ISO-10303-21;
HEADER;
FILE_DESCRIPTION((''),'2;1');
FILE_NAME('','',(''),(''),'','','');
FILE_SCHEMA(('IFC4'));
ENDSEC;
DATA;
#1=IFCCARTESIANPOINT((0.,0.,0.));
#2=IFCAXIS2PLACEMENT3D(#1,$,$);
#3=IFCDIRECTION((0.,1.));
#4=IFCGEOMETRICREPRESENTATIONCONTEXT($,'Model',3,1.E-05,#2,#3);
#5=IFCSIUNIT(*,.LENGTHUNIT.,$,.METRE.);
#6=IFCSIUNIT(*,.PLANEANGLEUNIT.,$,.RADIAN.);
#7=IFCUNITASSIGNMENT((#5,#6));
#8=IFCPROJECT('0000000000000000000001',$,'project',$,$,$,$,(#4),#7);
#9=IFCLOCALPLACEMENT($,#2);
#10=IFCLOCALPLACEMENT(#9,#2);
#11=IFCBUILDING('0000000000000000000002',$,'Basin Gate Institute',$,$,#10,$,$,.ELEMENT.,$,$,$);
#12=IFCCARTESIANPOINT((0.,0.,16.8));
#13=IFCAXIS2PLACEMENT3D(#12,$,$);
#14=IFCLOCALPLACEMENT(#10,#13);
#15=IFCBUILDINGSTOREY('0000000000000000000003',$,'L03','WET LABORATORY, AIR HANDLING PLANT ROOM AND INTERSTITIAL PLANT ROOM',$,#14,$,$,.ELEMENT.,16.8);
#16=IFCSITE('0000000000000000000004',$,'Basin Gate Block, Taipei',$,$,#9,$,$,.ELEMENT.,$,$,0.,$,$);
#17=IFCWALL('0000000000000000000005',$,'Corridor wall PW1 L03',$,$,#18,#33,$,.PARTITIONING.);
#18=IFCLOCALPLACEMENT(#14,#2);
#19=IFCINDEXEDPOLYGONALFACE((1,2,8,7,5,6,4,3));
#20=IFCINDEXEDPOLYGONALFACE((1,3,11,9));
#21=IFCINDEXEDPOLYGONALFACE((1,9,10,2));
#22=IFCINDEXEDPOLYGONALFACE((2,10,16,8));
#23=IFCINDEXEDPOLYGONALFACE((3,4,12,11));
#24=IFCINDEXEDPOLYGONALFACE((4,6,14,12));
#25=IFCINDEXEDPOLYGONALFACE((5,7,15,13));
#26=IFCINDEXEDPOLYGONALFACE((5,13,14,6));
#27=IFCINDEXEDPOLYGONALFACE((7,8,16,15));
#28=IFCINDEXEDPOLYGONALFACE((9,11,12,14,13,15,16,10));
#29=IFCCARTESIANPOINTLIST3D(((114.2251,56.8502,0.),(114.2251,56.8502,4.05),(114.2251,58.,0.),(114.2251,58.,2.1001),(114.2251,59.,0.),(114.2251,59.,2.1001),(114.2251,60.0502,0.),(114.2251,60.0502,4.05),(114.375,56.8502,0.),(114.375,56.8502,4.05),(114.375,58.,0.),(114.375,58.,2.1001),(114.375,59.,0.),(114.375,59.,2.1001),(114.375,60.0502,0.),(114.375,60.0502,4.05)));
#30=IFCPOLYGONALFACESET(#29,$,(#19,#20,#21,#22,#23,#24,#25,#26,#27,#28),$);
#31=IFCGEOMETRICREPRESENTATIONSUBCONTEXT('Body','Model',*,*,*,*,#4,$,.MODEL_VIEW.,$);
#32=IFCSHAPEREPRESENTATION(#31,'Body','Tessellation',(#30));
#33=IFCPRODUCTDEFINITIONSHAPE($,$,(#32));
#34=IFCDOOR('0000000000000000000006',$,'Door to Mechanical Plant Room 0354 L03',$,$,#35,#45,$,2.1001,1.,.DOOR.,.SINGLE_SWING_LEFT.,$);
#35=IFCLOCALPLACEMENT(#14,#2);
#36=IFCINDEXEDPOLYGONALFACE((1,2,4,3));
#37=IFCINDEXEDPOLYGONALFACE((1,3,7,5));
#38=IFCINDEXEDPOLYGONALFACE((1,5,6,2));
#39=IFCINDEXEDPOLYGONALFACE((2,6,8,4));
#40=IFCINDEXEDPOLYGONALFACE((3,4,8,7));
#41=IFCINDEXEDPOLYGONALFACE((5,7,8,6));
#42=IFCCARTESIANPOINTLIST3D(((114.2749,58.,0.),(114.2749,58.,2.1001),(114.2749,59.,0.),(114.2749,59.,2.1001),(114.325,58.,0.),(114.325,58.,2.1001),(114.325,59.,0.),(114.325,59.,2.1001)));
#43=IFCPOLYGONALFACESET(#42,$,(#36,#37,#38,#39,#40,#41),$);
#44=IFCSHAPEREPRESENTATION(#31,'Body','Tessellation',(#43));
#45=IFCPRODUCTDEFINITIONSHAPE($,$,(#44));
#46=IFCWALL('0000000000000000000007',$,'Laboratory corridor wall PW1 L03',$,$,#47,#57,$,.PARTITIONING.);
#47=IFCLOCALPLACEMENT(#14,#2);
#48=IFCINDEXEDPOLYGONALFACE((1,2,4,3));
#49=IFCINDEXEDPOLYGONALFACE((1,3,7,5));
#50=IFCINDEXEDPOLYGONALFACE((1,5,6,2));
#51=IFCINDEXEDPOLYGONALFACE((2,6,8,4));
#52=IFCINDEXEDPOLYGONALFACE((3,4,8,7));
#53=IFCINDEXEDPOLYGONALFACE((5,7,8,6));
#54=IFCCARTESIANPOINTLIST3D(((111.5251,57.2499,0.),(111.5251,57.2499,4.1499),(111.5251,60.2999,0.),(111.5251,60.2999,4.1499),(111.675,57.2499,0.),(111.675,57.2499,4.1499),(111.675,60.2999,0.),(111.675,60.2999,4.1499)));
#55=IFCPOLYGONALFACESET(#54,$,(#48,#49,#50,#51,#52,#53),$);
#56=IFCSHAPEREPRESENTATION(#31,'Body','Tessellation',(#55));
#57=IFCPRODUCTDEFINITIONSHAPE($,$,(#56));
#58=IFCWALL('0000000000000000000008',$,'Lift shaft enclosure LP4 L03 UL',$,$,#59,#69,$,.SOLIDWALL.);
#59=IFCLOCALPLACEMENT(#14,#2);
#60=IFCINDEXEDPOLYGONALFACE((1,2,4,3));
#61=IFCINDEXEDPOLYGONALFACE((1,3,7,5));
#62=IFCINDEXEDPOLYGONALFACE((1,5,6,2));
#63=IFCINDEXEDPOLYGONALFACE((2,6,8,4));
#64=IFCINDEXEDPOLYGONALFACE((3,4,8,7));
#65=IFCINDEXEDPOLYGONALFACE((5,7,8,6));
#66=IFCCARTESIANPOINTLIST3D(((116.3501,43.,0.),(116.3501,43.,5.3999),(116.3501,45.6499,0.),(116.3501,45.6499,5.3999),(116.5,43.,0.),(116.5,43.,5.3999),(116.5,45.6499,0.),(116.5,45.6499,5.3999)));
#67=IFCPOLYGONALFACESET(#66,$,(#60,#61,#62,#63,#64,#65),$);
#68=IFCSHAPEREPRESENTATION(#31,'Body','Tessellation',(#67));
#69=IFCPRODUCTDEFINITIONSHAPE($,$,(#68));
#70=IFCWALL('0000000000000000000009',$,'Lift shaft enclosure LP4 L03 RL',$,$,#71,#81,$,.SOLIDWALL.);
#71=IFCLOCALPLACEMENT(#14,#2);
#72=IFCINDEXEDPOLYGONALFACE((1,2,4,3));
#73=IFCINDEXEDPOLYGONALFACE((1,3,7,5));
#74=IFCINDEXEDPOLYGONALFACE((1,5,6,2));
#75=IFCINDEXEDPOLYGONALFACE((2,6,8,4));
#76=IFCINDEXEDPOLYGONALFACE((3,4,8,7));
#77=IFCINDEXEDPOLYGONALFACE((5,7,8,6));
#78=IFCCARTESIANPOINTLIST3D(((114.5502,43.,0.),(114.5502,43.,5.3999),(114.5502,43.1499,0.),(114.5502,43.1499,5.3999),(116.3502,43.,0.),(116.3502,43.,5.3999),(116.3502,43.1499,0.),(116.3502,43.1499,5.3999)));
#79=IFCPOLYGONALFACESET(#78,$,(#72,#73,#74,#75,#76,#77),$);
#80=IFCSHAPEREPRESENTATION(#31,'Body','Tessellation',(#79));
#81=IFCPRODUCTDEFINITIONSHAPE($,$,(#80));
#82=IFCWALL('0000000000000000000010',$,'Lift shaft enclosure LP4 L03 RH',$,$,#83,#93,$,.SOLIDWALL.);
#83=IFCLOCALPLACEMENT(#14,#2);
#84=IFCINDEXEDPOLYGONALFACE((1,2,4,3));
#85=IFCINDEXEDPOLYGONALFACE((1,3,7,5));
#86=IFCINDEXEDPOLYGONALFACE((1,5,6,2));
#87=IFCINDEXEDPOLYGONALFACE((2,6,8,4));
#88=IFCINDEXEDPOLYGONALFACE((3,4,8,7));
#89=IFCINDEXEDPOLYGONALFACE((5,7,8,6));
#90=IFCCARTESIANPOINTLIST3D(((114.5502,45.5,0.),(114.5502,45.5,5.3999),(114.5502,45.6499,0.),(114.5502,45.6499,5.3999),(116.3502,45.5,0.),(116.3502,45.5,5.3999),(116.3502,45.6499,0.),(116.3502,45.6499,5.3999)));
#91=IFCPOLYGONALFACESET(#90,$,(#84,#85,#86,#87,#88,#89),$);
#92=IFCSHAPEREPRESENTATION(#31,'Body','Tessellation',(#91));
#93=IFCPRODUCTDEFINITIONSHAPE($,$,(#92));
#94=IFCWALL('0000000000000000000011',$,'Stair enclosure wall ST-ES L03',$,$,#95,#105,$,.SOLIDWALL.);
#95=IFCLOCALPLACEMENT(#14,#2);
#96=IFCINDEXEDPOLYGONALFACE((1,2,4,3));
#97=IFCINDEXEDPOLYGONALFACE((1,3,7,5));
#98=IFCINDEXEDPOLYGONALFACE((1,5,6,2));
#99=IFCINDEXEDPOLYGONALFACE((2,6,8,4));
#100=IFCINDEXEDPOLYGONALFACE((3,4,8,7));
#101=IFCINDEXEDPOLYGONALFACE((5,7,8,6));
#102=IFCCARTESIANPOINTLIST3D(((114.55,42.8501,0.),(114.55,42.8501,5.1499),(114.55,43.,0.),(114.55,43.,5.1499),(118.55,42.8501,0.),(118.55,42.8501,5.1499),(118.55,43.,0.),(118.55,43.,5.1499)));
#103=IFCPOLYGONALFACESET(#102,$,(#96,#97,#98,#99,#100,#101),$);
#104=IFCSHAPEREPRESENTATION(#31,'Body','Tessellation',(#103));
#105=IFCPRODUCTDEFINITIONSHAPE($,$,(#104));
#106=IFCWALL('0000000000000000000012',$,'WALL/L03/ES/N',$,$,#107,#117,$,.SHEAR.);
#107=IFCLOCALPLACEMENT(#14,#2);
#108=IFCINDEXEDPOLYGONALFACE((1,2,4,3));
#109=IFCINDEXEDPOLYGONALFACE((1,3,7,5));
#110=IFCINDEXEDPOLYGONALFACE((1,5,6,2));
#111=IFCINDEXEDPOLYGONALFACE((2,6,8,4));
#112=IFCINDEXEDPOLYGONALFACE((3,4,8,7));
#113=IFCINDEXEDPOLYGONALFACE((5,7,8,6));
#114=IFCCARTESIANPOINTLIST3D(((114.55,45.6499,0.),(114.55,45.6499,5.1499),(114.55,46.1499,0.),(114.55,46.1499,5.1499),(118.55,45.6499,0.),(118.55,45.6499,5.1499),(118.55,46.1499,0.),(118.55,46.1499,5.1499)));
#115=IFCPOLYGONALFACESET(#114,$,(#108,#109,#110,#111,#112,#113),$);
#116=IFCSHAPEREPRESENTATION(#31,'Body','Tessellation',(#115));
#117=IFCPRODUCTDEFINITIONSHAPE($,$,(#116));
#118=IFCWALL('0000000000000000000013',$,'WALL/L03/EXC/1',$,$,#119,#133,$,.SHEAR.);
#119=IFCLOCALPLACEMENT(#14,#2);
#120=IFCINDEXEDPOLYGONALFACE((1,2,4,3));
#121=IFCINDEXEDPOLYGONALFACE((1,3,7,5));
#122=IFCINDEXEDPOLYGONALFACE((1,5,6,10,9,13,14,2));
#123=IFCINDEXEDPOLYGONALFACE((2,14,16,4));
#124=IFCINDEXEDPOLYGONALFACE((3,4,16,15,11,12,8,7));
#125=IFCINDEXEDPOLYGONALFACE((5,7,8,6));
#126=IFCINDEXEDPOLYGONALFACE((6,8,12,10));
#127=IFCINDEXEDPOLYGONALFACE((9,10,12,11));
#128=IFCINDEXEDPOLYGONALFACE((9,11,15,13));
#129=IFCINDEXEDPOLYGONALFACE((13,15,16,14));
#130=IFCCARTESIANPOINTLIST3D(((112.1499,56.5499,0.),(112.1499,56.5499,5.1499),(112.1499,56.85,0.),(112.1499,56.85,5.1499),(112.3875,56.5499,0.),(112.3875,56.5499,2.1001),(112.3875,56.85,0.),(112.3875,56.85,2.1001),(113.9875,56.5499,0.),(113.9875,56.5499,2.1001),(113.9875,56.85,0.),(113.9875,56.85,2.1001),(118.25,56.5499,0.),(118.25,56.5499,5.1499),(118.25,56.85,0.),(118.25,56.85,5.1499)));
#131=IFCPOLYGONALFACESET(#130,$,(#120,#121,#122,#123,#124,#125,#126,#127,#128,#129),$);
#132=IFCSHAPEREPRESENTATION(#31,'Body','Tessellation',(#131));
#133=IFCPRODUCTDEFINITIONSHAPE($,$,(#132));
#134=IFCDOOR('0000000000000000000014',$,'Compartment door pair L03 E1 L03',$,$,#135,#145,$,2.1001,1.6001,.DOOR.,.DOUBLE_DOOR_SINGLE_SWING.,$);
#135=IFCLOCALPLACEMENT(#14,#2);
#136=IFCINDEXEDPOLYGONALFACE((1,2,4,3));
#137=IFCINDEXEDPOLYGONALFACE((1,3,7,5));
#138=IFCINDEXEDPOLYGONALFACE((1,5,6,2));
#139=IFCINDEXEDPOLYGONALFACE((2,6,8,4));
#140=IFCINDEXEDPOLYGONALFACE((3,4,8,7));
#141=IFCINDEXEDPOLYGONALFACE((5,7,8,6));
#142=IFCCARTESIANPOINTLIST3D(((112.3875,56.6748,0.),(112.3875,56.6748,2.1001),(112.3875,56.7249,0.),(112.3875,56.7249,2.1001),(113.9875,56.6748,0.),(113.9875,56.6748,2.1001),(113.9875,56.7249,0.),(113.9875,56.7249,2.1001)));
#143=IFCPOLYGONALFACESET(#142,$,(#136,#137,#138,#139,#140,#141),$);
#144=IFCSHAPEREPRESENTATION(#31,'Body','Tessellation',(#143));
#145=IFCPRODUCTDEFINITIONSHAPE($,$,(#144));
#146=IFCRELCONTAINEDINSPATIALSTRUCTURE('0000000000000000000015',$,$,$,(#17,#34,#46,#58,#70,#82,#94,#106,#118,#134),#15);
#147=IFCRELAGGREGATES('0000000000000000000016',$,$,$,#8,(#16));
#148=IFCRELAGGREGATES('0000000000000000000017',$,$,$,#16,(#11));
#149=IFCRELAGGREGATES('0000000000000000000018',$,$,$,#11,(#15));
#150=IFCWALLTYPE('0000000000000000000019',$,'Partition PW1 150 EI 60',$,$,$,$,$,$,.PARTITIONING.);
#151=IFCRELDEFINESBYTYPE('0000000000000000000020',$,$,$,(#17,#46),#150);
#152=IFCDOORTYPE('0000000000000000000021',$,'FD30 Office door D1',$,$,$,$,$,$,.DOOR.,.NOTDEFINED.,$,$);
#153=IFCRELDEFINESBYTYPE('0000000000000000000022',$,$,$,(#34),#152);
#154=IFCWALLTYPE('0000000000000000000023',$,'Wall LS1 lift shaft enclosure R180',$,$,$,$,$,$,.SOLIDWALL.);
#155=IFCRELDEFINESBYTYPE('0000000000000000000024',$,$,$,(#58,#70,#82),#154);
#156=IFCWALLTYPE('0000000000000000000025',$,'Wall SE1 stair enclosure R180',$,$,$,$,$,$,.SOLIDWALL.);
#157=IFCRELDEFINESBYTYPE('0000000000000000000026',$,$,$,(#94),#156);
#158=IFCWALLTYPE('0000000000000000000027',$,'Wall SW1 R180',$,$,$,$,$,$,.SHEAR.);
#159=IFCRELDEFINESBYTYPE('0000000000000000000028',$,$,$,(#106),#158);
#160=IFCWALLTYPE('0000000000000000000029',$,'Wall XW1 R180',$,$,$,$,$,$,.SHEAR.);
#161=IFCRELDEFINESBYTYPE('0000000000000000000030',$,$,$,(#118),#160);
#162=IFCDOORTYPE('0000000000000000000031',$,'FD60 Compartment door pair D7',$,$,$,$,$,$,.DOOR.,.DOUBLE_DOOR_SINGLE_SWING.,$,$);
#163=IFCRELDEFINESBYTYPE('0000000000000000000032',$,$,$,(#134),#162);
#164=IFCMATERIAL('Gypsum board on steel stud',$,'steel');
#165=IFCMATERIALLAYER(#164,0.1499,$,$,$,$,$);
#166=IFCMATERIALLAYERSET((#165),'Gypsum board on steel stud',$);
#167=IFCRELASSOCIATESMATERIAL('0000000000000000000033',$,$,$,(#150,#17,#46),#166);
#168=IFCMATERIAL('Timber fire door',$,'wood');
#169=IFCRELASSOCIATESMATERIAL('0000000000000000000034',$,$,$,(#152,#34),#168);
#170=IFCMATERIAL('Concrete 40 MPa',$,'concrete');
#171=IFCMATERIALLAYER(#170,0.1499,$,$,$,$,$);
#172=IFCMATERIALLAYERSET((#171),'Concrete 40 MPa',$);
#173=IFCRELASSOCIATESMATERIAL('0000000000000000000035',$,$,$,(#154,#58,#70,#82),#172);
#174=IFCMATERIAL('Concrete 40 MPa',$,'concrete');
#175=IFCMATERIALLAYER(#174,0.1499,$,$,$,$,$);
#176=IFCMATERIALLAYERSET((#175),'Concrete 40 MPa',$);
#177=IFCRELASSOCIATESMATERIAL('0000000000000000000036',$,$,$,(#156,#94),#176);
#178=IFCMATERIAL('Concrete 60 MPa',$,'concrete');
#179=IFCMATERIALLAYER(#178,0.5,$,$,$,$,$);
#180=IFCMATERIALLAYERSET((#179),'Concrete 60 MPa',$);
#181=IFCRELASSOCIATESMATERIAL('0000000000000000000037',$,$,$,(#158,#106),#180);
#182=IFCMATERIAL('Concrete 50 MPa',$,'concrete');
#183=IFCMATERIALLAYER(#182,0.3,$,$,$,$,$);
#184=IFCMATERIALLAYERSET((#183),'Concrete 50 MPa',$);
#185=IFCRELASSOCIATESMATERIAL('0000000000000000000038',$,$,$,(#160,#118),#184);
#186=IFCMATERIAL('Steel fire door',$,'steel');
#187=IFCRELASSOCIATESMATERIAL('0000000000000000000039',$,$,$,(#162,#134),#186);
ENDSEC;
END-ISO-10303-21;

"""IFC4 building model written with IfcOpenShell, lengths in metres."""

from ifc_helpers import new_model, si_unit, direction, frame, frame_2d, origin, place, context, subcontext, project, spatial, rectangle, extrude, material, layer, layer_set, type_object, element, fill, save


model = new_model("IFC4")

# Units and contexts
model_context = context("Model", 3, precision=1e-05, world=origin(), true_north=direction((0.0, 1.0)))
body_context = subcontext(model_context, "Body", "Model", "MODEL_VIEW")
ifc_project = project(units=[si_unit("LENGTHUNIT", "METRE"), si_unit("PLANEANGLEUNIT", "RADIAN")], contexts=[model_context])

# Site, building, storey
site_placement = place(None, origin())
site = spatial("IfcSite", under=ifc_project, at=site_placement, Name="Basin Gate Block, Taipei", CompositionType="ELEMENT", RefElevation=0.0)
building_placement = place(site_placement, origin())
building = spatial("IfcBuilding", under=site, at=building_placement, Name="Basin Gate Institute", CompositionType="ELEMENT")
storey_placement = place(building_placement, frame((0.0, 0.0, 16.8)))
storey = spatial("IfcBuildingStorey", under=building, at=storey_placement, Name="L03", Description="WET LABORATORY, AIR HANDLING PLANT ROOM AND INTERSTITIAL PLANT ROOM", CompositionType="ELEMENT", Elevation=16.8)

# Shared definitions
ifc_material_1 = material(Name="Gypsum board on steel stud", Category="steel")
ifc_layer_1 = layer(ifc_material_1, 0.1499)
ifc_layer_set_1 = layer_set([ifc_layer_1], Name="Gypsum board on steel stud")
wall_type_1 = type_object("IfcWallType", Name="Partition PW1 150 EI 60", PredefinedType="PARTITIONING", material=ifc_layer_set_1)
ifc_material_2 = material(Name="Timber fire door", Category="wood")
door_type_1 = type_object("IfcDoorType", Name="FD30 Office door D1", OperationType="NOTDEFINED", PredefinedType="DOOR", material=ifc_material_2)

# Wall, opening, door
wall_1_placement = place(storey_placement, frame((114.3, 56.8501, 0.0), z_axis=(0.0, 0.0, 1.0), x_axis=(0.0, 1.0, 0.0)))
wall_1 = element("IfcWall", 1, at=wall_1_placement, inside=storey, type_object=wall_type_1, material=ifc_layer_set_1, Name="Corridor wall PW1 L03", PredefinedType="PARTITIONING", context=body_context, shape_type="SweptSolid", body=[
    extrude(rectangle(XDim=3.2, YDim=0.1499, at=frame_2d((1.6001, 0.0))), origin(), (0.0, 0.0, 1.0), 4.05),
])
opening_1_placement = place(wall_1_placement, frame((1.1499, 0.0, 0.0)))
opening_1 = element("IfcOpeningElement", 2, at=opening_1_placement, cuts=wall_1, PredefinedType="OPENING", context=body_context, shape_type="SweptSolid", body=[
    extrude(rectangle(XDim=1.0, YDim=2.1001, at=frame_2d((0.5, 1.05))), frame((0.0, 0.085, 0.0), z_axis=(0.0, -1.0, 0.0), x_axis=(1.0, 0.0, 0.0)), (0.0, 0.0, 1.0), 0.1699),
])
door_1_placement = place(opening_1_placement, frame((1.0, 0.0, 0.0), z_axis=(0.0, 0.0, 1.0), x_axis=(-1.0, 0.0, 0.0)))
door_1 = element("IfcDoor", 3, at=door_1_placement, inside=storey, type_object=door_type_1, material=ifc_material_2, Name="Door to Mechanical Plant Room 0354 L03", OperationType="SINGLE_SWING_LEFT", OverallHeight=2.1001, OverallWidth=1.0, PredefinedType="DOOR", context=body_context, shape_type="SweptSolid", body=[
    extrude(rectangle(XDim=1.0, YDim=2.1001, at=frame_2d((0.5, 1.05))), frame((0.0, 0.0249, 0.0), z_axis=(0.0, -1.0, 0.0), x_axis=(1.0, 0.0, 0.0)), (0.0, 0.0, 1.0), 0.05),
])
fill(opening_1, door_1)

# Walls
wall_2_placement = place(storey_placement, frame((111.6001, 57.25, 0.0), z_axis=(0.0, 0.0, 1.0), x_axis=(0.0, 1.0, 0.0)))
element("IfcWall", 4, at=wall_2_placement, inside=storey, type_object=wall_type_1, material=ifc_layer_set_1, Name="Laboratory corridor wall PW1 L03", PredefinedType="PARTITIONING", context=body_context, shape_type="SweptSolid", body=[
    extrude(rectangle(XDim=3.05, YDim=0.1499, at=frame_2d((1.5249, 0.0))), origin(), (0.0, 0.0, 1.0), 4.1499),
])
ifc_material_3 = material(Name="Concrete 40 MPa", Category="concrete")
ifc_layer_2 = layer(ifc_material_3, 0.1499)
ifc_layer_set_2 = layer_set([ifc_layer_2], Name="Concrete 40 MPa")
wall_type_2 = type_object("IfcWallType", Name="Wall LS1 lift shaft enclosure R180", PredefinedType="SOLIDWALL", material=ifc_layer_set_2)
wall_3_placement = place(storey_placement, frame((116.425, 43.0, 0.0), z_axis=(0.0, 0.0, 1.0), x_axis=(0.0, 1.0, 0.0)))
element("IfcWall", 5, at=wall_3_placement, inside=storey, type_object=wall_type_2, material=ifc_layer_set_2, Name="Lift shaft enclosure LP4 L03 UL", PredefinedType="SOLIDWALL", context=body_context, shape_type="SweptSolid", body=[
    extrude(rectangle(XDim=2.6499, YDim=0.1499, at=frame_2d((1.325, 0.0))), origin(), (0.0, 0.0, 1.0), 5.3999),
])
for number, where, z_axis, x_axis, name in (
    (6, (116.3501, 43.075, 0.0), (0.0, 0.0, 1.0), (-1.0, 0.0, 0.0), "Lift shaft enclosure LP4 L03 RL"),
    (7, (116.3501, 45.575, 0.0), (0.0, 0.0, 1.0), (-1.0, 0.0, 0.0), "Lift shaft enclosure LP4 L03 RH"),
):
    element("IfcWall", number, at=place(storey_placement, frame(where, z_axis=z_axis, x_axis=x_axis)), inside=storey, type_object=wall_type_2, material=ifc_layer_set_2, Name=name, PredefinedType="SOLIDWALL", context=body_context, shape_type="SweptSolid", body=[
        extrude(rectangle(XDim=1.8, YDim=0.1499, at=frame_2d((0.8999, 0.0))), origin(), (0.0, 0.0, 1.0), 5.3999),
    ])
ifc_material_4 = material(Name="Concrete 40 MPa", Category="concrete")
ifc_layer_3 = layer(ifc_material_4, 0.1499)
ifc_layer_set_3 = layer_set([ifc_layer_3], Name="Concrete 40 MPa")
wall_type_3 = type_object("IfcWallType", Name="Wall SE1 stair enclosure R180", PredefinedType="SOLIDWALL", material=ifc_layer_set_3)
wall_4_placement = place(storey_placement, frame((118.55, 42.925, 0.0), z_axis=(0.0, 0.0, 1.0), x_axis=(-1.0, 0.0, 0.0)))
element("IfcWall", 8, at=wall_4_placement, inside=storey, type_object=wall_type_3, material=ifc_layer_set_3, Name="Stair enclosure wall ST-ES L03", PredefinedType="SOLIDWALL", context=body_context, shape_type="SweptSolid", body=[
    extrude(rectangle(XDim=4.0, YDim=0.1499, at=frame_2d((2.0, 0.0))), origin(), (0.0, 0.0, 1.0), 5.1499),
])
ifc_material_5 = material(Name="Concrete 60 MPa", Category="concrete")
ifc_layer_4 = layer(ifc_material_5, 0.5)
ifc_layer_set_4 = layer_set([ifc_layer_4], Name="Concrete 60 MPa")
wall_type_4 = type_object("IfcWallType", Name="Wall SW1 R180", PredefinedType="SHEAR", material=ifc_layer_set_4)
wall_5_placement = place(storey_placement, frame((118.55, 45.8999, 0.0), z_axis=(0.0, 0.0, 1.0), x_axis=(-1.0, 0.0, 0.0)))
element("IfcWall", 9, at=wall_5_placement, inside=storey, type_object=wall_type_4, material=ifc_layer_set_4, Name="WALL/L03/ES/N", PredefinedType="SHEAR", context=body_context, shape_type="SweptSolid", body=[
    extrude(rectangle(XDim=4.0, YDim=0.5, at=frame_2d((2.0, 0.0))), origin(), (0.0, 0.0, 1.0), 5.1499),
])

# Wall, opening, door
ifc_material_6 = material(Name="Concrete 50 MPa", Category="concrete")
ifc_layer_5 = layer(ifc_material_6, 0.3)
ifc_layer_set_5 = layer_set([ifc_layer_5], Name="Concrete 50 MPa")
wall_type_5 = type_object("IfcWallType", Name="Wall XW1 R180", PredefinedType="SHEAR", material=ifc_layer_set_5)
wall_6_placement = place(storey_placement, frame((118.25, 56.7, 0.0), z_axis=(0.0, 0.0, 1.0), x_axis=(-1.0, 0.0, 0.0)))
wall_6 = element("IfcWall", 10, at=wall_6_placement, inside=storey, type_object=wall_type_5, material=ifc_layer_set_5, Name="WALL/L03/EXC/1", PredefinedType="SHEAR", context=body_context, shape_type="SweptSolid", body=[
    extrude(rectangle(XDim=6.1001, YDim=0.3, at=frame_2d((3.05, 0.0))), origin(), (0.0, 0.0, 1.0), 5.1499),
])
opening_2_placement = place(wall_6_placement, frame((4.2625, 0.0, 0.0)))
opening_2 = element("IfcOpeningElement", 11, at=opening_2_placement, cuts=wall_6, PredefinedType="OPENING", context=body_context, shape_type="SweptSolid", body=[
    extrude(rectangle(XDim=1.6001, YDim=2.1001, at=frame_2d((0.8, 1.05))), frame((0.0, 0.1602, 0.0), z_axis=(0.0, -1.0, 0.0), x_axis=(1.0, 0.0, 0.0)), (0.0, 0.0, 1.0), 0.3201),
])
ifc_material_7 = material(Name="Steel fire door", Category="steel")
door_type_2 = type_object("IfcDoorType", Name="FD60 Compartment door pair D7", OperationType="DOUBLE_DOOR_SINGLE_SWING", PredefinedType="DOOR", material=ifc_material_7)
door_2_placement = place(opening_2_placement, frame((1.6001, 0.0, 0.0), z_axis=(0.0, 0.0, 1.0), x_axis=(-1.0, 0.0, 0.0)))
door_2 = element("IfcDoor", 12, at=door_2_placement, inside=storey, type_object=door_type_2, material=ifc_material_7, Name="Compartment door pair L03 E1 L03", OperationType="DOUBLE_DOOR_SINGLE_SWING", OverallHeight=2.1001, OverallWidth=1.6001, PredefinedType="DOOR", context=body_context, shape_type="SweptSolid", body=[
    extrude(rectangle(XDim=1.6001, YDim=2.1001, at=frame_2d((0.8, 1.05))), frame((0.0, 0.0249, 0.0), z_axis=(0.0, -1.0, 0.0), x_axis=(1.0, 0.0, 0.0)), (0.0, 0.0, 1.0), 0.05),
])
fill(opening_2, door_2)

save(model, "model.ifc")
